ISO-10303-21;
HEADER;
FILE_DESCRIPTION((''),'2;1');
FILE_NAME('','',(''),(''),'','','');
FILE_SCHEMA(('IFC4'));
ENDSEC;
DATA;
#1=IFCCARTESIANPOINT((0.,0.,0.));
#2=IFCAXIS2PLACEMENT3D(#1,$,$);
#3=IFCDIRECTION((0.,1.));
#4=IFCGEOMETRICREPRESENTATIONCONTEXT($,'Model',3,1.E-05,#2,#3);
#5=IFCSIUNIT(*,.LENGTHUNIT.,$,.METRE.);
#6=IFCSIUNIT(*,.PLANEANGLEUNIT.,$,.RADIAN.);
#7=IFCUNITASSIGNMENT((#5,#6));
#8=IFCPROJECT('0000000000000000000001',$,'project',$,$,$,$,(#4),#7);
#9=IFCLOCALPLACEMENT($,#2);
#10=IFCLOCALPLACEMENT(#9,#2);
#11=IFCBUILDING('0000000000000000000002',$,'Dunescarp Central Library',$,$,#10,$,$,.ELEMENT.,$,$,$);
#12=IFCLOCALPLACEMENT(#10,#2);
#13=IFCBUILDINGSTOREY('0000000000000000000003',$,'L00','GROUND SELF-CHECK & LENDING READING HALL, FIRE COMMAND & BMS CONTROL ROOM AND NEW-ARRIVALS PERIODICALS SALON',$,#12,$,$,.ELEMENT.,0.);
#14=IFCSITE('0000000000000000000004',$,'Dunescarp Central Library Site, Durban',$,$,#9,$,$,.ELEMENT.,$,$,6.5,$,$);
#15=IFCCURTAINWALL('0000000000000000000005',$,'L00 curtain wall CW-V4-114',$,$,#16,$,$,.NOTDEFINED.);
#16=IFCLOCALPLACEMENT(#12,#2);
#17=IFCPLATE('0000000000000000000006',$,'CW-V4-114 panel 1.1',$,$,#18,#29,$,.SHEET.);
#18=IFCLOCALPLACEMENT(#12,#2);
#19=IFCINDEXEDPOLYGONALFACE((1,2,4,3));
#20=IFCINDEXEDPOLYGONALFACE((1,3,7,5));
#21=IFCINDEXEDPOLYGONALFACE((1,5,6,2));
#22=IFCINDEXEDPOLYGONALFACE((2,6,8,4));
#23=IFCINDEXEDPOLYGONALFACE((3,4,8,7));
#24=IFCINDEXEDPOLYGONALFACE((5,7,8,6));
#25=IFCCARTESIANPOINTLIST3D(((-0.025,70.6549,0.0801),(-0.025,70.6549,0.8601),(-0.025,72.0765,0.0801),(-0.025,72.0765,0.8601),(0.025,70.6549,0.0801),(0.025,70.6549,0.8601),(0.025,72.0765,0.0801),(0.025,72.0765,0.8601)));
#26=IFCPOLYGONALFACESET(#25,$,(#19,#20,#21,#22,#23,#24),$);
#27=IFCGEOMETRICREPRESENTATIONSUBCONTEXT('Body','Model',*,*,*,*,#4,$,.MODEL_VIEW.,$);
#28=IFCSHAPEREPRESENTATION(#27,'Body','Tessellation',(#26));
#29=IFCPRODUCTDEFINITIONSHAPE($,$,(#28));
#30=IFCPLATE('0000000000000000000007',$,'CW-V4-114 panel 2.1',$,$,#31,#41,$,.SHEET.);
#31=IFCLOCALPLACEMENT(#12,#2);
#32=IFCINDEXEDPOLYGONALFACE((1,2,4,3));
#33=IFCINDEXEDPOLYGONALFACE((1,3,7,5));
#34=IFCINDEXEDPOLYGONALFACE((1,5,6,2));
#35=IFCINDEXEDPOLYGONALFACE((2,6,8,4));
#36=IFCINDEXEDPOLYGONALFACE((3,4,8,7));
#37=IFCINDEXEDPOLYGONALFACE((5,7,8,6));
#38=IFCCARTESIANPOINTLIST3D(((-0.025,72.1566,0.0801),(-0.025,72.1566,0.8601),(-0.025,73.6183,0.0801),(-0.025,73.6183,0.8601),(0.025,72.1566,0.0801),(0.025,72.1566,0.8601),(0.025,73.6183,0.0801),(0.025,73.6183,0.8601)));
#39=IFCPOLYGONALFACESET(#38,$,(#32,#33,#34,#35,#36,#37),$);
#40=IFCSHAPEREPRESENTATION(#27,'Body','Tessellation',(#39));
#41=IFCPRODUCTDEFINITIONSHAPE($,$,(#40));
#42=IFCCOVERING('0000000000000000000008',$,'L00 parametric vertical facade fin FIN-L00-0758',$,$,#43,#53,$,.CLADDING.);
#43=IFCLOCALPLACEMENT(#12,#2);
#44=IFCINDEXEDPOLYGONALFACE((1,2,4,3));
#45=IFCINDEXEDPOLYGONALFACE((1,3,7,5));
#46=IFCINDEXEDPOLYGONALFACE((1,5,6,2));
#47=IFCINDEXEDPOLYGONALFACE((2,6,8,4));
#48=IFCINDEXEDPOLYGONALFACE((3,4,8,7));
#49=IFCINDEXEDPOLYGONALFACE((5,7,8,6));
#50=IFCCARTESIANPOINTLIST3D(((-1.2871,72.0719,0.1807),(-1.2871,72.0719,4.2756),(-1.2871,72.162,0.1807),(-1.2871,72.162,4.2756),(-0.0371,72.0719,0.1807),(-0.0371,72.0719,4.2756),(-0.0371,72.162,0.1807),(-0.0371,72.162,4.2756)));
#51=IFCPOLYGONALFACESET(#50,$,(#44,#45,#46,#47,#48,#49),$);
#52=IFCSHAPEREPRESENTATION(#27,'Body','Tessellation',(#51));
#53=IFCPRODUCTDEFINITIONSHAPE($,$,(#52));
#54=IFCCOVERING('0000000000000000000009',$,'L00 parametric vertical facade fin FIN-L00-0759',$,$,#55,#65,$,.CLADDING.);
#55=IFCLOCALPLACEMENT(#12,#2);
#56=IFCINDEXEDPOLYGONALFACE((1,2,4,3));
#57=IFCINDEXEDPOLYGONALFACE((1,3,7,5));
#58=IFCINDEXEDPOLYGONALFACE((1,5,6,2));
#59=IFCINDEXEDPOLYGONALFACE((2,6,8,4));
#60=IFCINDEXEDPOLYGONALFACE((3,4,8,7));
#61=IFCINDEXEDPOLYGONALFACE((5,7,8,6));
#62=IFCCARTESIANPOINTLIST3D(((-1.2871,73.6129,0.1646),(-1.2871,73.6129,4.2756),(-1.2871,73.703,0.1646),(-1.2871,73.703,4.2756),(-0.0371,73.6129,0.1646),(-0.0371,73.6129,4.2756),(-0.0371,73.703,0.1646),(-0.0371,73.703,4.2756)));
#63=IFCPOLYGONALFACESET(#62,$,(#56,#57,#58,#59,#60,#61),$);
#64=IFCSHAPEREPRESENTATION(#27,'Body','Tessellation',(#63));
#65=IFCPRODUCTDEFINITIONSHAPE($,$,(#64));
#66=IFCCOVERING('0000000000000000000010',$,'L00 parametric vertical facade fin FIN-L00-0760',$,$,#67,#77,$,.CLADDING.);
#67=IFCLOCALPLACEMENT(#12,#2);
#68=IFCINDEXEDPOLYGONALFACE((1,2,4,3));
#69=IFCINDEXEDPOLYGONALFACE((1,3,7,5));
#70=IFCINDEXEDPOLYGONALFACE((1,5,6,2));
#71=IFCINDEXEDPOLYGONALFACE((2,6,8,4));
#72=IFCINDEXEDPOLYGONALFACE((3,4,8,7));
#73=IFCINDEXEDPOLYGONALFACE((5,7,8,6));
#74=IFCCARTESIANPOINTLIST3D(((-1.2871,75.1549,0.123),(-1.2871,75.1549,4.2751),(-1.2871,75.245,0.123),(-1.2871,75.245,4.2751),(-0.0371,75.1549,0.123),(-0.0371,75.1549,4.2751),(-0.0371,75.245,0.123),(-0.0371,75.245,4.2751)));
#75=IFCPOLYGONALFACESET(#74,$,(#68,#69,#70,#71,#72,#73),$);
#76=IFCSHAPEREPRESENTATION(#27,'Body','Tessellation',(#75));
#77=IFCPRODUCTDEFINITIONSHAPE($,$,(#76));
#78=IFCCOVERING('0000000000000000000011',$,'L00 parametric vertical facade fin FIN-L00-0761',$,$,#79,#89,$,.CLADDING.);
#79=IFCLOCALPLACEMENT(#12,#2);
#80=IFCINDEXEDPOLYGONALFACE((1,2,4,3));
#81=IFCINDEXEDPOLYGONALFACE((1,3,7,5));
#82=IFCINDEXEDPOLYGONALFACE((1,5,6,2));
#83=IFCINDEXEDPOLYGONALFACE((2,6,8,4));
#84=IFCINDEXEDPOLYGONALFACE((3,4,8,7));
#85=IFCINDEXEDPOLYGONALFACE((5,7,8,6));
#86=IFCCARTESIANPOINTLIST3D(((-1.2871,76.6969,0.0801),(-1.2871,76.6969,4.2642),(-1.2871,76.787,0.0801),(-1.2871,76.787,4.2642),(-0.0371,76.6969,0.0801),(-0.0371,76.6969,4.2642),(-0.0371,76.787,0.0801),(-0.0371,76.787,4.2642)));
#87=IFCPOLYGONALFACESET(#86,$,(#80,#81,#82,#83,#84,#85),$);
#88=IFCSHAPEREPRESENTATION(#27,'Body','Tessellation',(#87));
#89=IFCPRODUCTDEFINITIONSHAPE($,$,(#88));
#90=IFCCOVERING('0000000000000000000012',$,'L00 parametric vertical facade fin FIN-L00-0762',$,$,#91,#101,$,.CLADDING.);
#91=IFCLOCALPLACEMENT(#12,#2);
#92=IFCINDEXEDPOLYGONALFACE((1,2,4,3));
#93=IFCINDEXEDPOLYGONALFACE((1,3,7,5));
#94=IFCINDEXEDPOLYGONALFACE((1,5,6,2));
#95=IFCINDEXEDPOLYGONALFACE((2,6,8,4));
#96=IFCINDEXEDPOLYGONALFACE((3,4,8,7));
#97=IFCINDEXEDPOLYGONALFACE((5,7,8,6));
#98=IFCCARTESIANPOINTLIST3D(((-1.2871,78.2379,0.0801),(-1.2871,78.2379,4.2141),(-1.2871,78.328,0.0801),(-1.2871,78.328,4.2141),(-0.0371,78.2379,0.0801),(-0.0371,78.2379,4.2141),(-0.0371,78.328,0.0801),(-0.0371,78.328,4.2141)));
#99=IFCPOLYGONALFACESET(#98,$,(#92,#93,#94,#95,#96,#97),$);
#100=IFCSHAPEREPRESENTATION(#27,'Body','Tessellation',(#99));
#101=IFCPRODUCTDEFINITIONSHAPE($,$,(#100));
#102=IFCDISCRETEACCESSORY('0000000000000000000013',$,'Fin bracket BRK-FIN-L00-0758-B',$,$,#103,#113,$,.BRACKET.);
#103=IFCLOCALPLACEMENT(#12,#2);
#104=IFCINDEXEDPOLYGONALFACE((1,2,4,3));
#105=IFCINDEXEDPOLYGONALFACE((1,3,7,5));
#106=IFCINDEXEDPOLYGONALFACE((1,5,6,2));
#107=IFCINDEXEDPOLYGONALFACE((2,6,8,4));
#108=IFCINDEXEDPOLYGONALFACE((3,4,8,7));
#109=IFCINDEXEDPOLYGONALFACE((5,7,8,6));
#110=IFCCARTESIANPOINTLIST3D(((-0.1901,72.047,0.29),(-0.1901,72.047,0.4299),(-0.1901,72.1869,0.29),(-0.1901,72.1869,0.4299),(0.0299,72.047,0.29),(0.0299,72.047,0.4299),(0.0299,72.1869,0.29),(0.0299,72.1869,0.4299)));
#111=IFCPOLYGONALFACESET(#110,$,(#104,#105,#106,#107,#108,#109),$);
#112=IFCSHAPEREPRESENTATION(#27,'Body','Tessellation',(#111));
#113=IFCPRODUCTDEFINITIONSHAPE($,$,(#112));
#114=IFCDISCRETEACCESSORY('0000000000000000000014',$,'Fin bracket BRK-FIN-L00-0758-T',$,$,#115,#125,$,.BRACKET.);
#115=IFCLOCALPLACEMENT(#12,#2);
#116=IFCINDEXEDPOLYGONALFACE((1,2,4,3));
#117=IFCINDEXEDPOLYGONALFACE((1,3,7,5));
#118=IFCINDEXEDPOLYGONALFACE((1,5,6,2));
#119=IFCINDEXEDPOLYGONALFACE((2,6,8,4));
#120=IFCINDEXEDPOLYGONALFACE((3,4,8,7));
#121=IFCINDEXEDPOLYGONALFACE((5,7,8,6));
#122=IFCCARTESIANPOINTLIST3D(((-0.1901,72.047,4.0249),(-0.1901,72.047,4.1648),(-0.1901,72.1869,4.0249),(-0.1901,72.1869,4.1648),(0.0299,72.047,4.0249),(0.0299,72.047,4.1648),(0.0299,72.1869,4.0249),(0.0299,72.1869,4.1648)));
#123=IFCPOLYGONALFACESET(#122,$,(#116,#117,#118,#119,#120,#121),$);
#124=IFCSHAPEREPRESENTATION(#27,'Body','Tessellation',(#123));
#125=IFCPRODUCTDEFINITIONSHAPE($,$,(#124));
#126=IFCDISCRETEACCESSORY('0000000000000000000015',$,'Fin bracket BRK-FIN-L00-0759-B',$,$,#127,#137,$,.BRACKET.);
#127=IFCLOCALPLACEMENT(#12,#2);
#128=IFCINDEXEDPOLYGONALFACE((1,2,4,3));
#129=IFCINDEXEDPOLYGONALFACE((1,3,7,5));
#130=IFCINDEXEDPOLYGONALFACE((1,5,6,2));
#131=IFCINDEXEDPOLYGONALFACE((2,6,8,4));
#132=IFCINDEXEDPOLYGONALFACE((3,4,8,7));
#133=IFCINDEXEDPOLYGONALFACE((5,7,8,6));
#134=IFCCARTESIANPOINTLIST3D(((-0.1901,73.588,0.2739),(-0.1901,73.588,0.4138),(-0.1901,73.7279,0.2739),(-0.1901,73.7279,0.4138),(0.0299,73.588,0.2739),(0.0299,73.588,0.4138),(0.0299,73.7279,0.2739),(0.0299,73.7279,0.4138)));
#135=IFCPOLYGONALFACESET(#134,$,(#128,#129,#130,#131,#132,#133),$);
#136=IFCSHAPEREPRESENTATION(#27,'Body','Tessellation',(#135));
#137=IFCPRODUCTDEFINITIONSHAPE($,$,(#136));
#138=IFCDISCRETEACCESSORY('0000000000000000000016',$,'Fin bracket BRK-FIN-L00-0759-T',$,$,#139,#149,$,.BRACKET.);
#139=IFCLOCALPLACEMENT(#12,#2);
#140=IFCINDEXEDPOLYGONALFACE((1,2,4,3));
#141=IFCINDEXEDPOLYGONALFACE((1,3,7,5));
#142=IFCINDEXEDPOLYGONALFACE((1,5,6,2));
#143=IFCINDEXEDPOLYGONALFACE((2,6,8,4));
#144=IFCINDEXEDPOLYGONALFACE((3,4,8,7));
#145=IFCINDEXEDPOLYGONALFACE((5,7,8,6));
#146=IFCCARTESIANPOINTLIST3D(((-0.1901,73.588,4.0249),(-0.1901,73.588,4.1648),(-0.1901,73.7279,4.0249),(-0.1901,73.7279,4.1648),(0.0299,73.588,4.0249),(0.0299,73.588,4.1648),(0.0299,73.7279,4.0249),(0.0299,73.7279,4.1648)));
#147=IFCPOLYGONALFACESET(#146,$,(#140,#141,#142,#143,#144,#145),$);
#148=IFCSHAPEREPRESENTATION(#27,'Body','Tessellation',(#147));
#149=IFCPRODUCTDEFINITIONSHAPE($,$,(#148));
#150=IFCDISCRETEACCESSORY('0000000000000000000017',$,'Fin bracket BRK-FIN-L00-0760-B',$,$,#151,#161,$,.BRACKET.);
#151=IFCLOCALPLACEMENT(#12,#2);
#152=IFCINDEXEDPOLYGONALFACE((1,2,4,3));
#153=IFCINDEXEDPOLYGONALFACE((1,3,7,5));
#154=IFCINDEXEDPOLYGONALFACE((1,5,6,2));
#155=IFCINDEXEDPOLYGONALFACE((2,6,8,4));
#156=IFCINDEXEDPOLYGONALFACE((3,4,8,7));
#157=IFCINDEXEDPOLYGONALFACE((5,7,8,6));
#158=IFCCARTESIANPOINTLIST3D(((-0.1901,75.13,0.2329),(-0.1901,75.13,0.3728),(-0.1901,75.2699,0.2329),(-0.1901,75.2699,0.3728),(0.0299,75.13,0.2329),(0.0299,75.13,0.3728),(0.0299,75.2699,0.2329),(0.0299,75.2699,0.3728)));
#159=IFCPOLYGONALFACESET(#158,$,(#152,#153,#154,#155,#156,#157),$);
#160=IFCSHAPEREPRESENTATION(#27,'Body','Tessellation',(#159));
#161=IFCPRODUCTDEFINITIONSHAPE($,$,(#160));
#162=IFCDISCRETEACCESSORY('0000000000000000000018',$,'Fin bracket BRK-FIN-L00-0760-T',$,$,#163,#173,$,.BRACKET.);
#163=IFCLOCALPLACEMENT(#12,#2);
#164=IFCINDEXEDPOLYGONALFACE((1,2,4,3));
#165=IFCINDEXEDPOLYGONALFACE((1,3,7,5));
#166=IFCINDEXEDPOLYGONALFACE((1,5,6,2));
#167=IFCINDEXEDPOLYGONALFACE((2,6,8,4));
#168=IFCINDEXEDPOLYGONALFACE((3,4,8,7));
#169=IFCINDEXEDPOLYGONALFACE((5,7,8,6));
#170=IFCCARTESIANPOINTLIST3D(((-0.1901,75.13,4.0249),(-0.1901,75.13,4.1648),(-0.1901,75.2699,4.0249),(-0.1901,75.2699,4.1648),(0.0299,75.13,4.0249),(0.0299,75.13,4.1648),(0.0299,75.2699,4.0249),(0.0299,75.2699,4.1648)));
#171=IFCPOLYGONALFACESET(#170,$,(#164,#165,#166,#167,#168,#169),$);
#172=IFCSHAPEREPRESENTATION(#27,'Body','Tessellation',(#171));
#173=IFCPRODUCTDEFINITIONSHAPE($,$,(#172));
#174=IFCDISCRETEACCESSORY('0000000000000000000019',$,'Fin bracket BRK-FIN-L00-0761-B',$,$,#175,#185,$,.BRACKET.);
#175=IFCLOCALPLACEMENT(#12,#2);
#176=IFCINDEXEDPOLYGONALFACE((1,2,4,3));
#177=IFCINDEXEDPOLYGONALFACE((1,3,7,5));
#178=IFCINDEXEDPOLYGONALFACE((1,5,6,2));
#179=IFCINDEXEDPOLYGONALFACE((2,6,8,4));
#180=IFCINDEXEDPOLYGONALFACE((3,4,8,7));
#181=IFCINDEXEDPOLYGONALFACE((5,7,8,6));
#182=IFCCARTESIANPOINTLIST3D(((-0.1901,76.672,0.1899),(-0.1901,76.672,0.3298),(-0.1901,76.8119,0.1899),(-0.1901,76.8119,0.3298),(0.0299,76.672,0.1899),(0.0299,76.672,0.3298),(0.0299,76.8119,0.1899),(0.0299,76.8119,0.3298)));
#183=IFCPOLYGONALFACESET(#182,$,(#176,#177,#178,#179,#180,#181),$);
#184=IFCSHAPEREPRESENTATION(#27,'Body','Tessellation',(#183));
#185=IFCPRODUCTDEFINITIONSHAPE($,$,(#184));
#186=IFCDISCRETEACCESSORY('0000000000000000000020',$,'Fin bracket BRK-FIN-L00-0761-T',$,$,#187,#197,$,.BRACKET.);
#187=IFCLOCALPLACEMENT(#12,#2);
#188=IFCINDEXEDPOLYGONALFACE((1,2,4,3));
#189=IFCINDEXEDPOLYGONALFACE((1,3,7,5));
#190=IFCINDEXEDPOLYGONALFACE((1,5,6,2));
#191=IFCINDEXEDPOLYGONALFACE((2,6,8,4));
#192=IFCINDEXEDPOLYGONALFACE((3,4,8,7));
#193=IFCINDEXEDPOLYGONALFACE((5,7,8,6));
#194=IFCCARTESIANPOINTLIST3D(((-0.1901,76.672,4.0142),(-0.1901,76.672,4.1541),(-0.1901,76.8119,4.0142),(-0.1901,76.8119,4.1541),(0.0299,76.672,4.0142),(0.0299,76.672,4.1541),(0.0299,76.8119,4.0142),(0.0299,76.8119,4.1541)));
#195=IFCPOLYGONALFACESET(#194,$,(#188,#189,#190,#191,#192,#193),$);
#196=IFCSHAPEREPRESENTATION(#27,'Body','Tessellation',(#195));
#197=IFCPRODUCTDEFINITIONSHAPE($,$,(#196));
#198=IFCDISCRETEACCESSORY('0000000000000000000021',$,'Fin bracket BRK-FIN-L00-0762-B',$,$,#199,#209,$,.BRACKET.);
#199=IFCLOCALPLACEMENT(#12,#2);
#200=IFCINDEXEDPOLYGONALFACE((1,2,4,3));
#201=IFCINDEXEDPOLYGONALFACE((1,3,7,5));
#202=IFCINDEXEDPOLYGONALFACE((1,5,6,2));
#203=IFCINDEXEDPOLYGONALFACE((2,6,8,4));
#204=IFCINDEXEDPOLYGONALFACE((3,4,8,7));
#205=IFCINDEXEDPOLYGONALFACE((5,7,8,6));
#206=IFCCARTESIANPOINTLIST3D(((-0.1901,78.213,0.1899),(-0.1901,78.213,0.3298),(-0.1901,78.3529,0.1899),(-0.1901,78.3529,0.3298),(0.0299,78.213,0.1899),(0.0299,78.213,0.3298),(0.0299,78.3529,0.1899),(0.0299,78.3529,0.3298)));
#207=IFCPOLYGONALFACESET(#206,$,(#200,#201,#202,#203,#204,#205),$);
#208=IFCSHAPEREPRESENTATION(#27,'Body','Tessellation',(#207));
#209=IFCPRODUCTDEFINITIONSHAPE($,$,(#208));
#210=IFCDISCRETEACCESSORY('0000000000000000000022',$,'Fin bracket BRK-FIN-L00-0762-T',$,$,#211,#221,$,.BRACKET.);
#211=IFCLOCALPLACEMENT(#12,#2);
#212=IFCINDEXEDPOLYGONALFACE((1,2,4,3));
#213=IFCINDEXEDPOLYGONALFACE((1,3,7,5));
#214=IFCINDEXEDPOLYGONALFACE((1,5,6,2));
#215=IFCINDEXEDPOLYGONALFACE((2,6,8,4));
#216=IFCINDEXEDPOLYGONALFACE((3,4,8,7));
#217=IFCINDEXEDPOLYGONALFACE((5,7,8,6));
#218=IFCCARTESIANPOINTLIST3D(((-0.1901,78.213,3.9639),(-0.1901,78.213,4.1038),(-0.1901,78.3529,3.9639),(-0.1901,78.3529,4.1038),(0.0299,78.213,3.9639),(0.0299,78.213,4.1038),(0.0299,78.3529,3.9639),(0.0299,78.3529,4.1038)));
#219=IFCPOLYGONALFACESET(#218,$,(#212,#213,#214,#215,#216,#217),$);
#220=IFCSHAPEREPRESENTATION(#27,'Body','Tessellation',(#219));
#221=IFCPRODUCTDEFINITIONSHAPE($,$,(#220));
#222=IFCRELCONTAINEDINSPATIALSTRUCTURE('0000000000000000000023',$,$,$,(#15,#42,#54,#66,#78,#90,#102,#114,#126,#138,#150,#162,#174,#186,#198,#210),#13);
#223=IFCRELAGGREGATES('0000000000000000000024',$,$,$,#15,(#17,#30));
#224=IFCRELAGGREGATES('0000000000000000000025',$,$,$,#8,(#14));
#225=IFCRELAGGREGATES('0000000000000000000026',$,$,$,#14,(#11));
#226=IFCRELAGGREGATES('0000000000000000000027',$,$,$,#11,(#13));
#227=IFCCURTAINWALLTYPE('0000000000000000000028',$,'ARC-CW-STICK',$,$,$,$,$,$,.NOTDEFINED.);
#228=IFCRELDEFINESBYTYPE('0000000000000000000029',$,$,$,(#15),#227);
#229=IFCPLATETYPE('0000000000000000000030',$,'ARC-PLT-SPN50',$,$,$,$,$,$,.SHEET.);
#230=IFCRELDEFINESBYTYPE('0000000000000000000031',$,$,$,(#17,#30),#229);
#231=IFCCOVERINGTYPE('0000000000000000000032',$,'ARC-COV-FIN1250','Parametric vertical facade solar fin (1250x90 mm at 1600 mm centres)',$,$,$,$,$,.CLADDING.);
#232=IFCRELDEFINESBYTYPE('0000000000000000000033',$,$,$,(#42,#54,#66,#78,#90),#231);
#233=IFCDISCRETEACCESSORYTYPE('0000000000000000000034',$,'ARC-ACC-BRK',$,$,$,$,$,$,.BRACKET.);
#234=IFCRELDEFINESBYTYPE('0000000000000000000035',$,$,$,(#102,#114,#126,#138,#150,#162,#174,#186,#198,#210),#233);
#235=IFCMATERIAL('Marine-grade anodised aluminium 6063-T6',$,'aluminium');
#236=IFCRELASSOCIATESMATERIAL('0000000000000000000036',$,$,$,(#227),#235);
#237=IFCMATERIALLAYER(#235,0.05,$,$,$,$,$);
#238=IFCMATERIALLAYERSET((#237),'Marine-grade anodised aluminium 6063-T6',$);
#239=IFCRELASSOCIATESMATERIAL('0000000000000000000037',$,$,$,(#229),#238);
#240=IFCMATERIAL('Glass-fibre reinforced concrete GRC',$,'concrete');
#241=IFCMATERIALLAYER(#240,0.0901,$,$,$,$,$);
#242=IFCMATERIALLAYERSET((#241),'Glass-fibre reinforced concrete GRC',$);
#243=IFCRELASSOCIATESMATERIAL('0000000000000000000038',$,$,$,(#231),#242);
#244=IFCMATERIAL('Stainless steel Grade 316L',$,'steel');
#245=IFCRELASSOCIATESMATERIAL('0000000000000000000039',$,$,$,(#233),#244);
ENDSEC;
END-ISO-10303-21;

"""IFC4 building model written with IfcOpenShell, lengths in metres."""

from ifc_helpers import new_model, si_unit, direction, frame, origin, origin_2d, place, context, subcontext, project, spatial, rectangle, extrude, material, layer, layer_set, type_object, element, aggregate, save


model = new_model("IFC4")

# Units and contexts
model_context = context("Model", 3, precision=1e-05, world=origin(), true_north=direction((0.0, 1.0)))
body_context = subcontext(model_context, "Body", "Model", "MODEL_VIEW")
ifc_project = project(units=[si_unit("LENGTHUNIT", "METRE"), si_unit("PLANEANGLEUNIT", "RADIAN")], contexts=[model_context])

# Site, building, storey
site_placement = place(None, origin())
site = spatial("IfcSite", under=ifc_project, at=site_placement, Name="Dunescarp Central Library Site, Durban", CompositionType="ELEMENT", RefElevation=6.5)
building_placement = place(site_placement, origin())
building = spatial("IfcBuilding", under=site, at=building_placement, Name="Dunescarp Central Library", CompositionType="ELEMENT")
storey_placement = place(building_placement, origin())
storey = spatial("IfcBuildingStorey", under=building, at=storey_placement, Name="L00", Description="GROUND SELF-CHECK & LENDING READING HALL, FIRE COMMAND & BMS CONTROL ROOM AND NEW-ARRIVALS PERIODICALS SALON", CompositionType="ELEMENT", Elevation=0.0)

# Curtain wall, plates
ifc_material_1 = material(Name="Marine-grade anodised aluminium 6063-T6", Category="aluminium")
curtain_wall_type = type_object("IfcCurtainWallType", Name="ARC-CW-STICK", PredefinedType="NOTDEFINED", material=ifc_material_1)
curtain_wall_placement = place(storey_placement, origin())
curtain_wall = element("IfcCurtainWall", 1, at=curtain_wall_placement, inside=storey, type_object=curtain_wall_type, Name="L00 curtain wall CW-V4-114", PredefinedType="NOTDEFINED")
ifc_layer_1 = layer(ifc_material_1, 0.05)
ifc_layer_set_1 = layer_set([ifc_layer_1], Name="Marine-grade anodised aluminium 6063-T6")
plate_type_1 = type_object("IfcPlateType", Name="ARC-PLT-SPN50", PredefinedType="SHEET", material=ifc_layer_set_1)
plate_1_placement = place(storey_placement, frame((0.0, 71.3657, 0.0801), z_axis=(0.0, 0.0, 1.0), x_axis=(0.0, 1.0, 0.0)))
plate_1 = element("IfcPlate", 2, at=plate_1_placement, type_object=plate_type_1, Name="CW-V4-114 panel 1.1", PredefinedType="SHEET", context=body_context, shape_type="SweptSolid", body=[
    extrude(rectangle(XDim=1.4216, YDim=0.05, at=origin_2d()), origin(), (0.0, 0.0, 1.0), 0.78),
])
plate_2_placement = place(storey_placement, frame((0.0, 72.8875, 0.0801), z_axis=(0.0, 0.0, 1.0), x_axis=(0.0, 1.0, 0.0)))
plate_2 = element("IfcPlate", 3, at=plate_2_placement, type_object=plate_type_1, Name="CW-V4-114 panel 2.1", PredefinedType="SHEET", context=body_context, shape_type="SweptSolid", body=[
    extrude(rectangle(XDim=1.4617, YDim=0.05, at=origin_2d()), origin(), (0.0, 0.0, 1.0), 0.78),
])
aggregate(curtain_wall, [plate_1, plate_2])

# Coverings
ifc_material_2 = material(Name="Glass-fibre reinforced concrete GRC", Category="concrete")
ifc_layer_2 = layer(ifc_material_2, 0.0901)
ifc_layer_set_2 = layer_set([ifc_layer_2], Name="Glass-fibre reinforced concrete GRC")
covering_type = type_object("IfcCoveringType", Name="ARC-COV-FIN1250", Description="Parametric vertical facade solar fin (1250x90 mm at 1600 mm centres)", PredefinedType="CLADDING", material=ifc_layer_set_2)
covering_1_placement = place(storey_placement, frame((-0.6621, 72.1169, 0.1807), z_axis=(0.0, 0.0, 1.0), x_axis=(-1.0, 0.0, 0.0)))
element("IfcCovering", 4, at=covering_1_placement, inside=storey, type_object=covering_type, Name="L00 parametric vertical facade fin FIN-L00-0758", PredefinedType="CLADDING", context=body_context, shape_type="SweptSolid", body=[
    extrude(rectangle(XDim=1.25, YDim=0.0901, at=origin_2d()), origin(), (0.0, 0.0, 1.0), 4.095),
])
covering_2_placement = place(storey_placement, frame((-0.6621, 73.658, 0.1646), z_axis=(0.0, 0.0, 1.0), x_axis=(-1.0, 0.0, 0.0)))
element("IfcCovering", 5, at=covering_2_placement, inside=storey, type_object=covering_type, Name="L00 parametric vertical facade fin FIN-L00-0759", PredefinedType="CLADDING", context=body_context, shape_type="SweptSolid", body=[
    extrude(rectangle(XDim=1.25, YDim=0.0901, at=origin_2d()), origin(), (0.0, 0.0, 1.0), 4.1111),
])
covering_3_placement = place(storey_placement, frame((-0.6621, 75.2, 0.123), z_axis=(0.0, 0.0, 1.0), x_axis=(-1.0, 0.0, 0.0)))
element("IfcCovering", 6, at=covering_3_placement, inside=storey, type_object=covering_type, Name="L00 parametric vertical facade fin FIN-L00-0760", PredefinedType="CLADDING", context=body_context, shape_type="SweptSolid", body=[
    extrude(rectangle(XDim=1.25, YDim=0.0901, at=origin_2d()), origin(), (0.0, 0.0, 1.0), 4.1521),
])
covering_4_placement = place(storey_placement, frame((-0.6621, 76.7419, 0.0801), z_axis=(0.0, 0.0, 1.0), x_axis=(-1.0, 0.0, 0.0)))
element("IfcCovering", 7, at=covering_4_placement, inside=storey, type_object=covering_type, Name="L00 parametric vertical facade fin FIN-L00-0761", PredefinedType="CLADDING", context=body_context, shape_type="SweptSolid", body=[
    extrude(rectangle(XDim=1.25, YDim=0.0901, at=origin_2d()), origin(), (0.0, 0.0, 1.0), 4.1841),
])
covering_5_placement = place(storey_placement, frame((-0.6621, 78.283, 0.0801), z_axis=(0.0, 0.0, 1.0), x_axis=(-1.0, 0.0, 0.0)))
element("IfcCovering", 8, at=covering_5_placement, inside=storey, type_object=covering_type, Name="L00 parametric vertical facade fin FIN-L00-0762", PredefinedType="CLADDING", context=body_context, shape_type="SweptSolid", body=[
    extrude(rectangle(XDim=1.25, YDim=0.0901, at=origin_2d()), origin(), (0.0, 0.0, 1.0), 4.134),
])

# Discrete accessories
ifc_material_3 = material(Name="Stainless steel Grade 316L", Category="steel")
discrete_accessory_type = type_object("IfcDiscreteAccessoryType", Name="ARC-ACC-BRK", PredefinedType="BRACKET", material=ifc_material_3)
for number, where, z_axis, x_axis, name in (
    (9, (-0.0801, 72.1169, 0.29), (0.0, 0.0, 1.0), (-1.0, 0.0, 0.0), "Fin bracket BRK-FIN-L00-0758-B"),
    (10, (-0.0801, 72.1169, 4.0249), (0.0, 0.0, 1.0), (-1.0, 0.0, 0.0), "Fin bracket BRK-FIN-L00-0758-T"),
    (11, (-0.0801, 73.658, 0.2739), (0.0, 0.0, 1.0), (-1.0, 0.0, 0.0), "Fin bracket BRK-FIN-L00-0759-B"),
    (12, (-0.0801, 73.658, 4.0249), (0.0, 0.0, 1.0), (-1.0, 0.0, 0.0), "Fin bracket BRK-FIN-L00-0759-T"),
    (13, (-0.0801, 75.2, 0.2329), (0.0, 0.0, 1.0), (-1.0, 0.0, 0.0), "Fin bracket BRK-FIN-L00-0760-B"),
    (14, (-0.0801, 75.2, 4.0249), (0.0, 0.0, 1.0), (-1.0, 0.0, 0.0), "Fin bracket BRK-FIN-L00-0760-T"),
    (15, (-0.0801, 76.7419, 0.1899), (0.0, 0.0, 1.0), (-1.0, 0.0, 0.0), "Fin bracket BRK-FIN-L00-0761-B"),
    (16, (-0.0801, 76.7419, 4.0142), (0.0, 0.0, 1.0), (-1.0, 0.0, 0.0), "Fin bracket BRK-FIN-L00-0761-T"),
    (17, (-0.0801, 78.283, 0.1899), (0.0, 0.0, 1.0), (-1.0, 0.0, 0.0), "Fin bracket BRK-FIN-L00-0762-B"),
    (18, (-0.0801, 78.283, 3.9639), (0.0, 0.0, 1.0), (-1.0, 0.0, 0.0), "Fin bracket BRK-FIN-L00-0762-T"),
):
    element("IfcDiscreteAccessory", number, at=place(storey_placement, frame(where, z_axis=z_axis, x_axis=x_axis)), inside=storey, type_object=discrete_accessory_type, Name=name, PredefinedType="BRACKET", context=body_context, shape_type="SweptSolid", body=[
        extrude(rectangle(XDim=0.22, YDim=0.1399, at=origin_2d()), origin(), (0.0, 0.0, 1.0), 0.1399),
    ])

save(model, "model.ifc")
